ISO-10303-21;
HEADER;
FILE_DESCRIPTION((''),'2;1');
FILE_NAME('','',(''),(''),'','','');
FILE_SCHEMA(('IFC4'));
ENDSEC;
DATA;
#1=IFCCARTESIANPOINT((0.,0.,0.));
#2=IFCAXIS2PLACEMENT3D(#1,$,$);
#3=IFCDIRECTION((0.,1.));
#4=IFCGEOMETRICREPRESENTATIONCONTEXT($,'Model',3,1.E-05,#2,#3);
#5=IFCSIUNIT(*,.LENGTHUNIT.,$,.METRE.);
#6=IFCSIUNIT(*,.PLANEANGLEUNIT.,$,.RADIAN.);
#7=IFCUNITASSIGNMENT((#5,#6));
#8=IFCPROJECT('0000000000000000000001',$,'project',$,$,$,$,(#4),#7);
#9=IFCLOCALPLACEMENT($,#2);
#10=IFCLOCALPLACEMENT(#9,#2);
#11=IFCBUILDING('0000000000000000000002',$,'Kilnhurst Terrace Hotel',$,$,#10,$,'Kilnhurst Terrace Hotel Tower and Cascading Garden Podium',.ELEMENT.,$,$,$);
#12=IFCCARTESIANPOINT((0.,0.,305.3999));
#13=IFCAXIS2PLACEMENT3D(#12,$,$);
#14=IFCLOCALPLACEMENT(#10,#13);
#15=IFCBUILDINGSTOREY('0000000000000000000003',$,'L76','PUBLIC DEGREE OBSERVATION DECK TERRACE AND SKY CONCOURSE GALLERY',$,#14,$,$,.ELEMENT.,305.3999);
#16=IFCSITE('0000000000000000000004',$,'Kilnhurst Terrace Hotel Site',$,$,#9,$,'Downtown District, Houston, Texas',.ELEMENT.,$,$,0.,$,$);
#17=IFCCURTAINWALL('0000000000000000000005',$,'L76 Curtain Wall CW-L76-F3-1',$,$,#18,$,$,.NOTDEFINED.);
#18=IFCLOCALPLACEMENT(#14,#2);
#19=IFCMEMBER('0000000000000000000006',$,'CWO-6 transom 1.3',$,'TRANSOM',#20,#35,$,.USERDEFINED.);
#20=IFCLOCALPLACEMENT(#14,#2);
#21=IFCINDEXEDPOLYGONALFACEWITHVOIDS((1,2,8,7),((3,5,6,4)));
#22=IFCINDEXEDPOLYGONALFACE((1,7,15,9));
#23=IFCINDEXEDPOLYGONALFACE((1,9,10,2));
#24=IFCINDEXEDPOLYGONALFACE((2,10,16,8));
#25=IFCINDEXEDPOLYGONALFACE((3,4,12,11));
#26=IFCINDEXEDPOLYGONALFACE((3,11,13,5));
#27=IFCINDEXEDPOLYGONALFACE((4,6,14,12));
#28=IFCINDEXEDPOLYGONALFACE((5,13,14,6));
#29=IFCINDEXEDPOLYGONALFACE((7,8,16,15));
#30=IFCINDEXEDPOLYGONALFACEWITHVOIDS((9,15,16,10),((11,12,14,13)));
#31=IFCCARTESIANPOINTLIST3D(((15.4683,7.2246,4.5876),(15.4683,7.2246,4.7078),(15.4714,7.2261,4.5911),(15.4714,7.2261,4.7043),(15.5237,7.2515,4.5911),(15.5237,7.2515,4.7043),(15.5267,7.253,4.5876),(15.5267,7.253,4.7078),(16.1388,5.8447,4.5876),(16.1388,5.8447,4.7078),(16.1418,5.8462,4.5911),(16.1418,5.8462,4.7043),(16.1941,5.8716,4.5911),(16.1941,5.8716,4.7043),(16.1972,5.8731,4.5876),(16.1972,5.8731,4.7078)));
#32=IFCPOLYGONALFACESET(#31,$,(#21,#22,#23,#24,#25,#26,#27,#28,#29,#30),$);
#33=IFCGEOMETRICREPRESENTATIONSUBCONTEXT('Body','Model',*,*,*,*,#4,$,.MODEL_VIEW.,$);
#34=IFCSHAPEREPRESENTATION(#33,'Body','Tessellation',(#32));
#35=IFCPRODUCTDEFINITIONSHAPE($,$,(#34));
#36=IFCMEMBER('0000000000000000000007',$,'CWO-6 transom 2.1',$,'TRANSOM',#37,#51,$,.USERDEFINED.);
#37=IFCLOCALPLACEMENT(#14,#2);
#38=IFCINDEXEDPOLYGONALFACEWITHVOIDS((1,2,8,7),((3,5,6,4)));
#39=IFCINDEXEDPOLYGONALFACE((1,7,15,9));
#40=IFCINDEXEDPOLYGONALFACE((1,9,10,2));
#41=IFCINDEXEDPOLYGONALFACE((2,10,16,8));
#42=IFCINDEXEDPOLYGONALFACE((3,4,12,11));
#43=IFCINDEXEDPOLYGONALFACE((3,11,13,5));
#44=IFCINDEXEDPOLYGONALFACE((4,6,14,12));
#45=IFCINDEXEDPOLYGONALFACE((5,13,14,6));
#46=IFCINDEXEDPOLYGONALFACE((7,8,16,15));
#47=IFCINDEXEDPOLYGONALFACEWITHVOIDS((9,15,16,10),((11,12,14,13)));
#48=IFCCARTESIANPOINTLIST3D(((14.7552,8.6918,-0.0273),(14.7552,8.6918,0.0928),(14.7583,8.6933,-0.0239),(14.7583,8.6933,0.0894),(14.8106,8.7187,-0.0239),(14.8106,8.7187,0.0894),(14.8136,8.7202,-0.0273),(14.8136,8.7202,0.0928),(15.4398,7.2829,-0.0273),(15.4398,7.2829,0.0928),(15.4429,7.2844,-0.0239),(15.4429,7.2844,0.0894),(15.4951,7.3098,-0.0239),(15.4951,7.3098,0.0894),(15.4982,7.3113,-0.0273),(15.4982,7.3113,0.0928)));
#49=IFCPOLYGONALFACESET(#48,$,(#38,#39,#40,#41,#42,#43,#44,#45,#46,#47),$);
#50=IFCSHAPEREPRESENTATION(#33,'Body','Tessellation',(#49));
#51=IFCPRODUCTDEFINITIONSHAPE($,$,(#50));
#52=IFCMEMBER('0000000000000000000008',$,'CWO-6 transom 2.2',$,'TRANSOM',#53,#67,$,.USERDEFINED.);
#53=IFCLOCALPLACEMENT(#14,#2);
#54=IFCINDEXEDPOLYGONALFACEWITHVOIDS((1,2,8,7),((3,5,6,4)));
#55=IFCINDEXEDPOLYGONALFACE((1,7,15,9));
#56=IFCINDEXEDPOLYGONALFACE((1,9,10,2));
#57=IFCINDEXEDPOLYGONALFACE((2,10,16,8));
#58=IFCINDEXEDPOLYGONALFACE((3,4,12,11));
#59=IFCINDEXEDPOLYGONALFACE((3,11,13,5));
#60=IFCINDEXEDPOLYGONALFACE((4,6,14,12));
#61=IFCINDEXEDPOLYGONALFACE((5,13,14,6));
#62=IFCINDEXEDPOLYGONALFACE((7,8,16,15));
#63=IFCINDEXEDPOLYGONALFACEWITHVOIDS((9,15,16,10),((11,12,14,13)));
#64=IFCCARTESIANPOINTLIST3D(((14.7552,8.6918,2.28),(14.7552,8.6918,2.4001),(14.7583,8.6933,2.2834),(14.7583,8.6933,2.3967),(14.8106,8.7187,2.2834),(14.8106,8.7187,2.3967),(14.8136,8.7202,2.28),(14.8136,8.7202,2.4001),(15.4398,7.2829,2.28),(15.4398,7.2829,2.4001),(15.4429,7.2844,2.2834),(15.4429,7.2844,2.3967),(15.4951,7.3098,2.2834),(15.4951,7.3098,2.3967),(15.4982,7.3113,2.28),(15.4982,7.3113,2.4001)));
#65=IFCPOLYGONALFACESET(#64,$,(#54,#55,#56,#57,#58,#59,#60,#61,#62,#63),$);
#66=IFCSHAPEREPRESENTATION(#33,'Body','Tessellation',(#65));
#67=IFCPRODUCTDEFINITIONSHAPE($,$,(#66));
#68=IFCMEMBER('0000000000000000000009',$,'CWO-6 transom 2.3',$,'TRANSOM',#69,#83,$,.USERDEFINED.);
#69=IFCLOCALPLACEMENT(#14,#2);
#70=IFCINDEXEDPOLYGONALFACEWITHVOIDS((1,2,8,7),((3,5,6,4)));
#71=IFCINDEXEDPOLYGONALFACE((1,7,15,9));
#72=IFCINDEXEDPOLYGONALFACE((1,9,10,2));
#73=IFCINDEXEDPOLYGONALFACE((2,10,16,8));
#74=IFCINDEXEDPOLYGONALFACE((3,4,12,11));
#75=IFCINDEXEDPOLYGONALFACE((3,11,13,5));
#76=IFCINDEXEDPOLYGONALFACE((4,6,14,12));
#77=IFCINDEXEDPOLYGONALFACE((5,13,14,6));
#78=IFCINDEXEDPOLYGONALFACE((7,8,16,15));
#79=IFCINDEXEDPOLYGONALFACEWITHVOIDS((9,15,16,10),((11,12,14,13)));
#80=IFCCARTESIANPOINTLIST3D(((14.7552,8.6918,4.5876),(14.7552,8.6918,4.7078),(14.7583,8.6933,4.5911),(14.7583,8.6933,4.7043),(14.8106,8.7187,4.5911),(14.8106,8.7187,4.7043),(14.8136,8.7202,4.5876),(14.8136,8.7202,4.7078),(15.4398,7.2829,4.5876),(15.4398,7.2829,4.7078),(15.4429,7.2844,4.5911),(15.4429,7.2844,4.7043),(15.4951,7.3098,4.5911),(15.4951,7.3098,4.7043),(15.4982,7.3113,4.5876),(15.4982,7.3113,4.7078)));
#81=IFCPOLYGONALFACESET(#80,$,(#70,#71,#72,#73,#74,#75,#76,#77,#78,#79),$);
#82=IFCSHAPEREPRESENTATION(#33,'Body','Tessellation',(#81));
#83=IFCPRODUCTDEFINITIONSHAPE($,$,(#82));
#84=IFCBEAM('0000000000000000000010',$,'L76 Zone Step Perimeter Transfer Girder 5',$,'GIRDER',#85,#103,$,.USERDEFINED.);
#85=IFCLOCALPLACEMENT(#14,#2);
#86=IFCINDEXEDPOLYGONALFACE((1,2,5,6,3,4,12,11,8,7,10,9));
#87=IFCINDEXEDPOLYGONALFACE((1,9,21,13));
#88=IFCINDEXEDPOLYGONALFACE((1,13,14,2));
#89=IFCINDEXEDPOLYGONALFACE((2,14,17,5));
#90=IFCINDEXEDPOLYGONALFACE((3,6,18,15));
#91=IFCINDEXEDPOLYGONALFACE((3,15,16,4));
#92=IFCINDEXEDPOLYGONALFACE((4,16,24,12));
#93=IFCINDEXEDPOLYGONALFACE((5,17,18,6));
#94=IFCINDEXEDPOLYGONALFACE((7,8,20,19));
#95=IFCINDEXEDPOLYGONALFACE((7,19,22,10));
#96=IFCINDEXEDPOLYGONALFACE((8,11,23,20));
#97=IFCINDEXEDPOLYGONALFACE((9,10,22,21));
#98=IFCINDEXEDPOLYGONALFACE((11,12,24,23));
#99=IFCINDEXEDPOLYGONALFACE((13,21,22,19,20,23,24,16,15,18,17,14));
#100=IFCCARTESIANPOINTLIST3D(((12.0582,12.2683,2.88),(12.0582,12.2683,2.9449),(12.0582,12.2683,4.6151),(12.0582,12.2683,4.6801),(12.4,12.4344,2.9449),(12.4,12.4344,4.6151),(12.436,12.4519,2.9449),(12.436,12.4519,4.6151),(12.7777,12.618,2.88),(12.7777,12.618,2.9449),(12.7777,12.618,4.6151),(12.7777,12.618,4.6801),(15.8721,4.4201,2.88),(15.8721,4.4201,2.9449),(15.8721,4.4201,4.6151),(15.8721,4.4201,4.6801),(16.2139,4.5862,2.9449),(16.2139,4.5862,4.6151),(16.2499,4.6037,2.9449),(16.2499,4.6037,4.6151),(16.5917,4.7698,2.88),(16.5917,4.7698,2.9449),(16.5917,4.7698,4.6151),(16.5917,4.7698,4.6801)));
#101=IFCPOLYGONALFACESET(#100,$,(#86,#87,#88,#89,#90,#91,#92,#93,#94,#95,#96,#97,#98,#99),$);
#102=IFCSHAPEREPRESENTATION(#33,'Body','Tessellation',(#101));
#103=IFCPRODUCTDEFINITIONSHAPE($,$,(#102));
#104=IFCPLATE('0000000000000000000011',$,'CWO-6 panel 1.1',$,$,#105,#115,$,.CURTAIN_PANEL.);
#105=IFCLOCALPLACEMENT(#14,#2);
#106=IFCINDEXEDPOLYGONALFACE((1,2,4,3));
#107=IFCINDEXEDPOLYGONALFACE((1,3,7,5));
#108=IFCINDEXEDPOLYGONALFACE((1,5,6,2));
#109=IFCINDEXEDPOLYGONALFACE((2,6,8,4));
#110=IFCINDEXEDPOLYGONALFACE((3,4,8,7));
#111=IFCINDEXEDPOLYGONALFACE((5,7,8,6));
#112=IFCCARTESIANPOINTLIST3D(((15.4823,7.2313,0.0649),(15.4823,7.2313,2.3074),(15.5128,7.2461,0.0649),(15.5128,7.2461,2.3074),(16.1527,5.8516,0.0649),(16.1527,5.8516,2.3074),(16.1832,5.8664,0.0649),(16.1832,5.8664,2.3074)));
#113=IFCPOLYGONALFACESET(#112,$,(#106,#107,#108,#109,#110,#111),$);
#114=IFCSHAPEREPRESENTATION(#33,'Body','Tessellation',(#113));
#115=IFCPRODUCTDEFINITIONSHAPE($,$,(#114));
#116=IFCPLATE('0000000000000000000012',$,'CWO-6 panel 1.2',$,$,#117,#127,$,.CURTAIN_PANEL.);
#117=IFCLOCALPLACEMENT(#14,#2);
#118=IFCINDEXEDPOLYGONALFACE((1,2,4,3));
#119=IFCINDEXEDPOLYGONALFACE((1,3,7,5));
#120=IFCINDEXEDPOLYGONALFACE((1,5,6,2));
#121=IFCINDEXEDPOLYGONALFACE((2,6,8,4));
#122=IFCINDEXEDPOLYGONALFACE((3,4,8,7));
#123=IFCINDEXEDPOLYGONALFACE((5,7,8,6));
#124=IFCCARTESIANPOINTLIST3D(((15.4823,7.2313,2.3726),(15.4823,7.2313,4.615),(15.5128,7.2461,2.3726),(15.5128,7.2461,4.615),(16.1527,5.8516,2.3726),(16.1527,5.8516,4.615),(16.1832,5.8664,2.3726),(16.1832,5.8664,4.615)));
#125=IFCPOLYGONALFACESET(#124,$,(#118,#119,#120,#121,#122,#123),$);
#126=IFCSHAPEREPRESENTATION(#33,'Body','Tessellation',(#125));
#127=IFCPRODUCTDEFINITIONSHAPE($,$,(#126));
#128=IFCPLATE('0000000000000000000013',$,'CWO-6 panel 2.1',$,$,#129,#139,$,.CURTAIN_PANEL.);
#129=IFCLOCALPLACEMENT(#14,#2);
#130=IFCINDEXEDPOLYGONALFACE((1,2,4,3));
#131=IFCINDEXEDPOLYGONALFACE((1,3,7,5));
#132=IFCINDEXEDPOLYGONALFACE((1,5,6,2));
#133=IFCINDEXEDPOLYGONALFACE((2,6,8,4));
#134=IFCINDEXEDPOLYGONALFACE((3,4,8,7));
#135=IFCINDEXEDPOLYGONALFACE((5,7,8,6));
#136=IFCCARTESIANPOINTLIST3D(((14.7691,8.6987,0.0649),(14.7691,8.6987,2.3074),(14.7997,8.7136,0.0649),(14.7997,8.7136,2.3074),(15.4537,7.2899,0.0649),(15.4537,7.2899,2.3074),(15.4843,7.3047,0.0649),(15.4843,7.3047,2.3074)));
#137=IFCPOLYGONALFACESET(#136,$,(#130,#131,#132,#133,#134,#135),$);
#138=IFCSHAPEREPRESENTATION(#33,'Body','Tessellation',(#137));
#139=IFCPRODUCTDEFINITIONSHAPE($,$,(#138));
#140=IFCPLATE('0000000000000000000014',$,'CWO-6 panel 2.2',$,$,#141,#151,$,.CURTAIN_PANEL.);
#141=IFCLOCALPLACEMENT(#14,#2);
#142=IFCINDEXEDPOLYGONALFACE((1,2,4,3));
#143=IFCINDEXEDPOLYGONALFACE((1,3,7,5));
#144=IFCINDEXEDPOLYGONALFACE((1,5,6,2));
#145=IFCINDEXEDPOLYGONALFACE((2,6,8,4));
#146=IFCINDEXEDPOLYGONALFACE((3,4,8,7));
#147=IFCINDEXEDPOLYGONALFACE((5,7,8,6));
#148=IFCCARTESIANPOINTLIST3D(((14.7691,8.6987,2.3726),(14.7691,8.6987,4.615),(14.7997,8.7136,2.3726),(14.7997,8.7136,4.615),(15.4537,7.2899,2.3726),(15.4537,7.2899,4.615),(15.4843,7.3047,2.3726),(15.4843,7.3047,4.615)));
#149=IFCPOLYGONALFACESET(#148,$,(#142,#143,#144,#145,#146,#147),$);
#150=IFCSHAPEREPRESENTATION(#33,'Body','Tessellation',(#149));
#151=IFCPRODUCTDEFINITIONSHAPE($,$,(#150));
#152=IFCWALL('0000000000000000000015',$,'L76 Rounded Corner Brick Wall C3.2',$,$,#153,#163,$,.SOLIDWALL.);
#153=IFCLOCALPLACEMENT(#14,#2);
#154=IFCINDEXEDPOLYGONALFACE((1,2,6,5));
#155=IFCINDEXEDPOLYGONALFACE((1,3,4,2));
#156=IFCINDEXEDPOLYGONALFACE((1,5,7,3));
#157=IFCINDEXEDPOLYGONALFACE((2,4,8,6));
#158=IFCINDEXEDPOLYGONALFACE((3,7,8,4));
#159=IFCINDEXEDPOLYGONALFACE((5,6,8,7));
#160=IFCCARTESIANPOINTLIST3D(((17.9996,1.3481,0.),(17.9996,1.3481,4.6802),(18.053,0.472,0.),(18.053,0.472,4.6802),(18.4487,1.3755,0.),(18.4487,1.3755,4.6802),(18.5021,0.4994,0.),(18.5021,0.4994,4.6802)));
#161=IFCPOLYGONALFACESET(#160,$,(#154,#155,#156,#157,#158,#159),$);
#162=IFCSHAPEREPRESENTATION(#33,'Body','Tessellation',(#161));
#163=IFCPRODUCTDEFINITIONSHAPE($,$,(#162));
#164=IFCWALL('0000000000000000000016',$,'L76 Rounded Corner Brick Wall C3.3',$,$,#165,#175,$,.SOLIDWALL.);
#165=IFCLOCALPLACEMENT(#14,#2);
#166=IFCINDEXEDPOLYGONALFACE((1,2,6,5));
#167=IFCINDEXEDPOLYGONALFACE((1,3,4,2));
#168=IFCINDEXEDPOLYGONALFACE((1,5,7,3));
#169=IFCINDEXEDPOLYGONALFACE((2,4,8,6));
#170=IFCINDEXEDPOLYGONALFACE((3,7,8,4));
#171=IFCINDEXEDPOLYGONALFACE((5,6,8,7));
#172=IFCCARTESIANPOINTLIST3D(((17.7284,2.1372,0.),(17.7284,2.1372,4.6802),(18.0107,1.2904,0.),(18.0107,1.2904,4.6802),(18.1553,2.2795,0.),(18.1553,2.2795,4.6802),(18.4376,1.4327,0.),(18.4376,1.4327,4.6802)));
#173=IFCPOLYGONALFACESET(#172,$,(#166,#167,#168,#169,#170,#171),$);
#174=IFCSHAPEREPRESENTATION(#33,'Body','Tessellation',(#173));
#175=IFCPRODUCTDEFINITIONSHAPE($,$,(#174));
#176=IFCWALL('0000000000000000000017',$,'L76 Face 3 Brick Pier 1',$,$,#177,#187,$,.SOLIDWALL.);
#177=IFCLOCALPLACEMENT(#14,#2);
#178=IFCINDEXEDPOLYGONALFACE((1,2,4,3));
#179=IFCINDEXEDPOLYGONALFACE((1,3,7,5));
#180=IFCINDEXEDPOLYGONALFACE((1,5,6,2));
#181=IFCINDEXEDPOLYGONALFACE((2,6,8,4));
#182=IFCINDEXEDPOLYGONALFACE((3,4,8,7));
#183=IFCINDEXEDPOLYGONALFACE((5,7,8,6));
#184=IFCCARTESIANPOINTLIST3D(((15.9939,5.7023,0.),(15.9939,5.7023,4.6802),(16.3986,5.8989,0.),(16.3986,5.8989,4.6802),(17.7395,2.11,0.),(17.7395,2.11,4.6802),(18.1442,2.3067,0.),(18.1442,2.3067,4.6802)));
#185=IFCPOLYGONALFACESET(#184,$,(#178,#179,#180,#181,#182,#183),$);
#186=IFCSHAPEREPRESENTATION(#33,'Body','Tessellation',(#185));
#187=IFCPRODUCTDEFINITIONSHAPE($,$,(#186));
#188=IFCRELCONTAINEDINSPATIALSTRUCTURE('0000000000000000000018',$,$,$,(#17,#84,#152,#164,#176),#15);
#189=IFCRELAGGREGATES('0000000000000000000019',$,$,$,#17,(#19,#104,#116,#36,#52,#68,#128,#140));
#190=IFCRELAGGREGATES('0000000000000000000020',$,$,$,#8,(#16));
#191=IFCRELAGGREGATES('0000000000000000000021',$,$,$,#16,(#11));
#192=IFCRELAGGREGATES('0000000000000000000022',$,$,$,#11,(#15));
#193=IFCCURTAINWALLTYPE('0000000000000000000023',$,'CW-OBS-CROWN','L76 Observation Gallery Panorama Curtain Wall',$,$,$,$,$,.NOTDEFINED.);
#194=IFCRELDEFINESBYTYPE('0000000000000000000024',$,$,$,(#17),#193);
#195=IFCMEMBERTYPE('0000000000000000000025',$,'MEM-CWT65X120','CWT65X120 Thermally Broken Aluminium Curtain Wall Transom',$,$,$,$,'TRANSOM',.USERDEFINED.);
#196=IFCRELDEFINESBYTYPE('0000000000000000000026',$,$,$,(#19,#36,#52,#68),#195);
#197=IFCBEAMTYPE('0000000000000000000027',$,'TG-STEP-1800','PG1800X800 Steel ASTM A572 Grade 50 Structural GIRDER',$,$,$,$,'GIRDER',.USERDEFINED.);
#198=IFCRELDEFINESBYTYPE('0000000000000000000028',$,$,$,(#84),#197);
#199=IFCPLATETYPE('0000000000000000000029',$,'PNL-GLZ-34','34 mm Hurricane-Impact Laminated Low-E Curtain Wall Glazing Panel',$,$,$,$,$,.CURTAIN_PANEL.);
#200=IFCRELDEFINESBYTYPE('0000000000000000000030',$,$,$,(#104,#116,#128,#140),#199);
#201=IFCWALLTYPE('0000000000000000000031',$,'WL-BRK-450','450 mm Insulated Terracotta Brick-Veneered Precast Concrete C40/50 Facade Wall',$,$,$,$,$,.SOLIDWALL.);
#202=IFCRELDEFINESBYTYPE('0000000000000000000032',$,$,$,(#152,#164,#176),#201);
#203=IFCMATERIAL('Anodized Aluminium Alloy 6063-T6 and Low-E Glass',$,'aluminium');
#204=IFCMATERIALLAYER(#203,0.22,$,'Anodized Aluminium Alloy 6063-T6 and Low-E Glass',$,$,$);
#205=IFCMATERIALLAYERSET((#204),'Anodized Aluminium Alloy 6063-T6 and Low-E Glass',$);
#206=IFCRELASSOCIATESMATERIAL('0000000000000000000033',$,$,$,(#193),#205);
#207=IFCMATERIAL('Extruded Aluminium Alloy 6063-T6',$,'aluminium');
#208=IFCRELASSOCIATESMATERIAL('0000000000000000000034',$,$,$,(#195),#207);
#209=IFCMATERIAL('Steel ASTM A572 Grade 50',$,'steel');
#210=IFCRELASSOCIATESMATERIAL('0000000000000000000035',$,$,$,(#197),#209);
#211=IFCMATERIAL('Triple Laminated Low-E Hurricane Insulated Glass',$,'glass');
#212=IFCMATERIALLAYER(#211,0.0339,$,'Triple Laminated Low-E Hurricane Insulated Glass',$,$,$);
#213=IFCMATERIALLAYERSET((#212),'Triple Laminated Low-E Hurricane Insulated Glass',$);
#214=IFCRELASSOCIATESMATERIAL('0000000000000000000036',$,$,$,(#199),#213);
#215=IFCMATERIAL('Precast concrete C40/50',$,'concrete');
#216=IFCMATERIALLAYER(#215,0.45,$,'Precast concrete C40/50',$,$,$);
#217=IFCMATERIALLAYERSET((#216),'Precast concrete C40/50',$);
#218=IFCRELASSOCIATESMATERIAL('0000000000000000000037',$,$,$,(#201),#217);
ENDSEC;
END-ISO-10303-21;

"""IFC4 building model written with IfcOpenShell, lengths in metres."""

from ifc_helpers import new_model, si_unit, direction, frame, frame_2d, origin, origin_2d, place, context, subcontext, project, spatial, rectangle, hollow_rectangle, i_section, extrude, material, layer, layer_set, material_profile, profile_set, type_object, element, aggregate, save


model = new_model("IFC4")

# Units and contexts
model_context = context("Model", 3, precision=1e-05, world=origin(), true_north=direction((0.0, 1.0)))
body_context = subcontext(model_context, "Body", "Model", "MODEL_VIEW")
ifc_project = project(units=[si_unit("LENGTHUNIT", "METRE"), si_unit("PLANEANGLEUNIT", "RADIAN")], contexts=[model_context])

# Site, building, storey
site_placement = place(None, origin())
site = spatial("IfcSite", under=ifc_project, at=site_placement, Name="Kilnhurst Terrace Hotel Site", LongName="Downtown District, Houston, Texas", CompositionType="ELEMENT", RefElevation=0.0)
building_placement = place(site_placement, origin())
building = spatial("IfcBuilding", under=site, at=building_placement, Name="Kilnhurst Terrace Hotel", LongName="Kilnhurst Terrace Hotel Tower and Cascading Garden Podium", CompositionType="ELEMENT")
storey_placement = place(building_placement, frame((0.0, 0.0, 305.3999)))
storey = spatial("IfcBuildingStorey", under=building, at=storey_placement, Name="L76", Description="PUBLIC DEGREE OBSERVATION DECK TERRACE AND SKY CONCOURSE GALLERY", CompositionType="ELEMENT", Elevation=305.3999)

# Curtain wall, members
ifc_material_1 = material(Name="Anodized Aluminium Alloy 6063-T6 and Low-E Glass", Category="aluminium")
ifc_layer_1 = layer(ifc_material_1, 0.22, Name="Anodized Aluminium Alloy 6063-T6 and Low-E Glass")
ifc_layer_set_1 = layer_set([ifc_layer_1], Name="Anodized Aluminium Alloy 6063-T6 and Low-E Glass")
curtain_wall_type = type_object("IfcCurtainWallType", Name="CW-OBS-CROWN", Description="L76 Observation Gallery Panorama Curtain Wall", PredefinedType="NOTDEFINED", material=ifc_layer_set_1)
curtain_wall_placement = place(storey_placement, origin())
curtain_wall = element("IfcCurtainWall", 1, at=curtain_wall_placement, inside=storey, type_object=curtain_wall_type, Name="L76 Curtain Wall CW-L76-F3-1", PredefinedType="NOTDEFINED")
ifc_material_2 = material(Name="Extruded Aluminium Alloy 6063-T6", Category="aluminium")
ifc_material_profile_1 = material_profile(ifc_material_2, hollow_rectangle(XDim=0.0649, YDim=0.1201, WallThickness=0.0034, at=origin_2d()), Name="CWT65X120")
ifc_profile_set_1 = profile_set([ifc_material_profile_1], Name="Extruded Aluminium Alloy 6063-T6")
member_type_1 = type_object("IfcMemberType", Name="MEM-CWT65X120", Description="CWT65X120 Thermally Broken Aluminium Curtain Wall Transom", ElementType="TRANSOM", PredefinedType="USERDEFINED", material=ifc_profile_set_1)
member_1_placement = place(storey_placement, frame((16.168, 5.8589, 4.6477), z_axis=(-0.437, 0.899462, 0.0), x_axis=(-0.899462, -0.437, 0.0)))
member_1 = element("IfcMember", 2, at=member_1_placement, type_object=member_type_1, Name="CWO-6 transom 1.3", ObjectType="TRANSOM", PredefinedType="USERDEFINED", context=body_context, shape_type="SweptSolid", body=[
    extrude(hollow_rectangle(XDim=0.0649, YDim=0.1201, WallThickness=0.0034, at=origin_2d()), origin(), (0.0, 0.0, 1.0), 1.5342),
])
member_2_placement = place(storey_placement, frame((15.469, 7.2971, 0.0327), z_axis=(-0.437023, 0.89945, 0.0), x_axis=(-0.89945, -0.437023, 0.0)))
member_2 = element("IfcMember", 3, at=member_2_placement, type_object=member_type_1, Name="CWO-6 transom 2.1", ObjectType="TRANSOM", PredefinedType="USERDEFINED", context=body_context, shape_type="SweptSolid", body=[
    extrude(hollow_rectangle(XDim=0.0649, YDim=0.1201, WallThickness=0.0034, at=origin_2d()), origin(), (0.0, 0.0, 1.0), 1.5664),
])
member_3_placement = place(storey_placement, frame((15.469, 7.2971, 2.3401), z_axis=(-0.437023, 0.89945, 0.0), x_axis=(-0.89945, -0.437023, 0.0)))
member_3 = element("IfcMember", 4, at=member_3_placement, type_object=member_type_1, Name="CWO-6 transom 2.2", ObjectType="TRANSOM", PredefinedType="USERDEFINED", context=body_context, shape_type="SweptSolid", body=[
    extrude(hollow_rectangle(XDim=0.0649, YDim=0.1201, WallThickness=0.0034, at=origin_2d()), origin(), (0.0, 0.0, 1.0), 1.5664),
])
member_4_placement = place(storey_placement, frame((15.469, 7.2971, 4.6477), z_axis=(-0.437023, 0.89945, 0.0), x_axis=(-0.89945, -0.437023, 0.0)))
member_4 = element("IfcMember", 5, at=member_4_placement, type_object=member_type_1, Name="CWO-6 transom 2.3", ObjectType="TRANSOM", PredefinedType="USERDEFINED", context=body_context, shape_type="SweptSolid", body=[
    extrude(hollow_rectangle(XDim=0.0649, YDim=0.1201, WallThickness=0.0034, at=origin_2d()), origin(), (0.0, 0.0, 1.0), 1.5664),
])

# Beam
ifc_material_3 = material(Name="Steel ASTM A572 Grade 50", Category="steel")
ifc_material_profile_2 = material_profile(ifc_material_3, i_section(OverallWidth=0.8, OverallDepth=1.8, WebThickness=0.04, FlangeThickness=0.0649, at=origin_2d()), Name="PG1800X800")
ifc_profile_set_2 = profile_set([ifc_material_profile_2], Name="Steel ASTM A572 Grade 50")
beam_type_1 = type_object("IfcBeamType", Name="TG-STEP-1800", Description="PG1800X800 Steel ASTM A572 Grade 50 Structural GIRDER", ElementType="GIRDER", PredefinedType="USERDEFINED", material=ifc_profile_set_2)
beam_1_placement = place(storey_placement, frame((16.2319, 4.595, 3.78), z_axis=(-0.43709, 0.899418, 0.0), x_axis=(-0.899418, -0.43709, 0.0)))
element("IfcBeam", 6, at=beam_1_placement, inside=storey, type_object=beam_type_1, Name="L76 Zone Step Perimeter Transfer Girder 5", ObjectType="GIRDER", PredefinedType="USERDEFINED", context=body_context, shape_type="SweptSolid", body=[
    extrude(i_section(OverallWidth=0.8, OverallDepth=1.8, WebThickness=0.04, FlangeThickness=0.0649, at=origin_2d()), origin(), (0.0, 0.0, 1.0), 8.7258),
])

# Plates
ifc_material_4 = material(Name="Triple Laminated Low-E Hurricane Insulated Glass", Category="glass")
ifc_layer_2 = layer(ifc_material_4, 0.0339, Name="Triple Laminated Low-E Hurricane Insulated Glass")
ifc_layer_set_2 = layer_set([ifc_layer_2], Name="Triple Laminated Low-E Hurricane Insulated Glass")
plate_type = type_object("IfcPlateType", Name="PNL-GLZ-34", Description="34 mm Hurricane-Impact Laminated Low-E Curtain Wall Glazing Panel", PredefinedType="CURTAIN_PANEL", material=ifc_layer_set_2)
plate_1_placement = place(storey_placement, frame((15.8328, 6.5488, 0.0649), z_axis=(0.0, 0.0, 1.0), x_axis=(-0.437053, 0.899436, 0.0)))
plate_1 = element("IfcPlate", 7, at=plate_1_placement, type_object=plate_type, Name="CWO-6 panel 1.1", PredefinedType="CURTAIN_PANEL", context=body_context, shape_type="SweptSolid", body=[
    extrude(rectangle(XDim=1.5339, YDim=0.0339, at=origin_2d()), origin(), (0.0, 0.0, 1.0), 2.2424),
])
plate_2_placement = place(storey_placement, frame((15.8328, 6.5488, 2.3726), z_axis=(0.0, 0.0, 1.0), x_axis=(-0.437053, 0.899436, 0.0)))
plate_2 = element("IfcPlate", 8, at=plate_2_placement, type_object=plate_type, Name="CWO-6 panel 1.2", PredefinedType="CURTAIN_PANEL", context=body_context, shape_type="SweptSolid", body=[
    extrude(rectangle(XDim=1.5339, YDim=0.0339, at=origin_2d()), origin(), (0.0, 0.0, 1.0), 2.2424),
])
plate_3_placement = place(storey_placement, frame((15.1267, 8.0017, 0.0649), z_axis=(0.0, 0.0, 1.0), x_axis=(-0.437053, 0.899436, 0.0)))
plate_3 = element("IfcPlate", 9, at=plate_3_placement, type_object=plate_type, Name="CWO-6 panel 2.1", PredefinedType="CURTAIN_PANEL", context=body_context, shape_type="SweptSolid", body=[
    extrude(rectangle(XDim=1.5664, YDim=0.0339, at=origin_2d()), origin(), (0.0, 0.0, 1.0), 2.2424),
])
plate_4_placement = place(storey_placement, frame((15.1267, 8.0017, 2.3726), z_axis=(0.0, 0.0, 1.0), x_axis=(-0.437053, 0.899436, 0.0)))
plate_4 = element("IfcPlate", 10, at=plate_4_placement, type_object=plate_type, Name="CWO-6 panel 2.2", PredefinedType="CURTAIN_PANEL", context=body_context, shape_type="SweptSolid", body=[
    extrude(rectangle(XDim=1.5664, YDim=0.0339, at=origin_2d()), origin(), (0.0, 0.0, 1.0), 2.2424),
])
aggregate(curtain_wall, [member_1, plate_1, plate_2, member_2, member_3, member_4, plate_3, plate_4])

# Walls
ifc_material_5 = material(Name="Precast concrete C40/50", Category="concrete")
ifc_layer_3 = layer(ifc_material_5, 0.45, Name="Precast concrete C40/50")
ifc_layer_set_3 = layer_set([ifc_layer_3], Name="Precast concrete C40/50")
wall_type_1 = type_object("IfcWallType", Name="WL-BRK-450", Description="450 mm Insulated Terracotta Brick-Veneered Precast Concrete C40/50 Facade Wall", PredefinedType="SOLIDWALL", material=ifc_layer_set_3)
wall_1_placement = place(storey_placement, frame((18.2776, 0.4856, 0.0), z_axis=(0.0, 0.0, 1.0), x_axis=(-0.060923, 0.998142, 0.0)))
element("IfcWall", 11, at=wall_1_placement, inside=storey, type_object=wall_type_1, Name="L76 Rounded Corner Brick Wall C3.2", PredefinedType="SOLIDWALL", context=body_context, shape_type="SweptSolid", body=[
    extrude(rectangle(XDim=0.8777, YDim=0.45, at=frame_2d((0.439, 0.0))), origin(), (0.0, 0.0, 1.0), 4.6802),
])
wall_2_placement = place(storey_placement, frame((18.2241, 1.3616, 0.0), z_axis=(0.0, 0.0, 1.0), x_axis=(-0.316228, 0.948683, 0.0)))
element("IfcWall", 12, at=wall_2_placement, inside=storey, type_object=wall_type_1, Name="L76 Rounded Corner Brick Wall C3.3", PredefinedType="SOLIDWALL", context=body_context, shape_type="SweptSolid", body=[
    extrude(rectangle(XDim=0.8926, YDim=0.45, at=frame_2d((0.4463, 0.0))), origin(), (0.0, 0.0, 1.0), 4.6802),
])
wall_3_placement = place(storey_placement, frame((17.9419, 2.2083, 0.0), z_axis=(0.0, 0.0, 1.0), x_axis=(-0.437062, 0.899431, 0.0)))
element("IfcWall", 13, at=wall_3_placement, inside=storey, type_object=wall_type_1, Name="L76 Face 3 Brick Pier 1", PredefinedType="SOLIDWALL", context=body_context, shape_type="SweptSolid", body=[
    extrude(rectangle(XDim=3.9939, YDim=0.45, at=frame_2d((1.9971, 0.0))), origin(), (0.0, 0.0, 1.0), 4.6802),
])

save(model, "model.ifc")
